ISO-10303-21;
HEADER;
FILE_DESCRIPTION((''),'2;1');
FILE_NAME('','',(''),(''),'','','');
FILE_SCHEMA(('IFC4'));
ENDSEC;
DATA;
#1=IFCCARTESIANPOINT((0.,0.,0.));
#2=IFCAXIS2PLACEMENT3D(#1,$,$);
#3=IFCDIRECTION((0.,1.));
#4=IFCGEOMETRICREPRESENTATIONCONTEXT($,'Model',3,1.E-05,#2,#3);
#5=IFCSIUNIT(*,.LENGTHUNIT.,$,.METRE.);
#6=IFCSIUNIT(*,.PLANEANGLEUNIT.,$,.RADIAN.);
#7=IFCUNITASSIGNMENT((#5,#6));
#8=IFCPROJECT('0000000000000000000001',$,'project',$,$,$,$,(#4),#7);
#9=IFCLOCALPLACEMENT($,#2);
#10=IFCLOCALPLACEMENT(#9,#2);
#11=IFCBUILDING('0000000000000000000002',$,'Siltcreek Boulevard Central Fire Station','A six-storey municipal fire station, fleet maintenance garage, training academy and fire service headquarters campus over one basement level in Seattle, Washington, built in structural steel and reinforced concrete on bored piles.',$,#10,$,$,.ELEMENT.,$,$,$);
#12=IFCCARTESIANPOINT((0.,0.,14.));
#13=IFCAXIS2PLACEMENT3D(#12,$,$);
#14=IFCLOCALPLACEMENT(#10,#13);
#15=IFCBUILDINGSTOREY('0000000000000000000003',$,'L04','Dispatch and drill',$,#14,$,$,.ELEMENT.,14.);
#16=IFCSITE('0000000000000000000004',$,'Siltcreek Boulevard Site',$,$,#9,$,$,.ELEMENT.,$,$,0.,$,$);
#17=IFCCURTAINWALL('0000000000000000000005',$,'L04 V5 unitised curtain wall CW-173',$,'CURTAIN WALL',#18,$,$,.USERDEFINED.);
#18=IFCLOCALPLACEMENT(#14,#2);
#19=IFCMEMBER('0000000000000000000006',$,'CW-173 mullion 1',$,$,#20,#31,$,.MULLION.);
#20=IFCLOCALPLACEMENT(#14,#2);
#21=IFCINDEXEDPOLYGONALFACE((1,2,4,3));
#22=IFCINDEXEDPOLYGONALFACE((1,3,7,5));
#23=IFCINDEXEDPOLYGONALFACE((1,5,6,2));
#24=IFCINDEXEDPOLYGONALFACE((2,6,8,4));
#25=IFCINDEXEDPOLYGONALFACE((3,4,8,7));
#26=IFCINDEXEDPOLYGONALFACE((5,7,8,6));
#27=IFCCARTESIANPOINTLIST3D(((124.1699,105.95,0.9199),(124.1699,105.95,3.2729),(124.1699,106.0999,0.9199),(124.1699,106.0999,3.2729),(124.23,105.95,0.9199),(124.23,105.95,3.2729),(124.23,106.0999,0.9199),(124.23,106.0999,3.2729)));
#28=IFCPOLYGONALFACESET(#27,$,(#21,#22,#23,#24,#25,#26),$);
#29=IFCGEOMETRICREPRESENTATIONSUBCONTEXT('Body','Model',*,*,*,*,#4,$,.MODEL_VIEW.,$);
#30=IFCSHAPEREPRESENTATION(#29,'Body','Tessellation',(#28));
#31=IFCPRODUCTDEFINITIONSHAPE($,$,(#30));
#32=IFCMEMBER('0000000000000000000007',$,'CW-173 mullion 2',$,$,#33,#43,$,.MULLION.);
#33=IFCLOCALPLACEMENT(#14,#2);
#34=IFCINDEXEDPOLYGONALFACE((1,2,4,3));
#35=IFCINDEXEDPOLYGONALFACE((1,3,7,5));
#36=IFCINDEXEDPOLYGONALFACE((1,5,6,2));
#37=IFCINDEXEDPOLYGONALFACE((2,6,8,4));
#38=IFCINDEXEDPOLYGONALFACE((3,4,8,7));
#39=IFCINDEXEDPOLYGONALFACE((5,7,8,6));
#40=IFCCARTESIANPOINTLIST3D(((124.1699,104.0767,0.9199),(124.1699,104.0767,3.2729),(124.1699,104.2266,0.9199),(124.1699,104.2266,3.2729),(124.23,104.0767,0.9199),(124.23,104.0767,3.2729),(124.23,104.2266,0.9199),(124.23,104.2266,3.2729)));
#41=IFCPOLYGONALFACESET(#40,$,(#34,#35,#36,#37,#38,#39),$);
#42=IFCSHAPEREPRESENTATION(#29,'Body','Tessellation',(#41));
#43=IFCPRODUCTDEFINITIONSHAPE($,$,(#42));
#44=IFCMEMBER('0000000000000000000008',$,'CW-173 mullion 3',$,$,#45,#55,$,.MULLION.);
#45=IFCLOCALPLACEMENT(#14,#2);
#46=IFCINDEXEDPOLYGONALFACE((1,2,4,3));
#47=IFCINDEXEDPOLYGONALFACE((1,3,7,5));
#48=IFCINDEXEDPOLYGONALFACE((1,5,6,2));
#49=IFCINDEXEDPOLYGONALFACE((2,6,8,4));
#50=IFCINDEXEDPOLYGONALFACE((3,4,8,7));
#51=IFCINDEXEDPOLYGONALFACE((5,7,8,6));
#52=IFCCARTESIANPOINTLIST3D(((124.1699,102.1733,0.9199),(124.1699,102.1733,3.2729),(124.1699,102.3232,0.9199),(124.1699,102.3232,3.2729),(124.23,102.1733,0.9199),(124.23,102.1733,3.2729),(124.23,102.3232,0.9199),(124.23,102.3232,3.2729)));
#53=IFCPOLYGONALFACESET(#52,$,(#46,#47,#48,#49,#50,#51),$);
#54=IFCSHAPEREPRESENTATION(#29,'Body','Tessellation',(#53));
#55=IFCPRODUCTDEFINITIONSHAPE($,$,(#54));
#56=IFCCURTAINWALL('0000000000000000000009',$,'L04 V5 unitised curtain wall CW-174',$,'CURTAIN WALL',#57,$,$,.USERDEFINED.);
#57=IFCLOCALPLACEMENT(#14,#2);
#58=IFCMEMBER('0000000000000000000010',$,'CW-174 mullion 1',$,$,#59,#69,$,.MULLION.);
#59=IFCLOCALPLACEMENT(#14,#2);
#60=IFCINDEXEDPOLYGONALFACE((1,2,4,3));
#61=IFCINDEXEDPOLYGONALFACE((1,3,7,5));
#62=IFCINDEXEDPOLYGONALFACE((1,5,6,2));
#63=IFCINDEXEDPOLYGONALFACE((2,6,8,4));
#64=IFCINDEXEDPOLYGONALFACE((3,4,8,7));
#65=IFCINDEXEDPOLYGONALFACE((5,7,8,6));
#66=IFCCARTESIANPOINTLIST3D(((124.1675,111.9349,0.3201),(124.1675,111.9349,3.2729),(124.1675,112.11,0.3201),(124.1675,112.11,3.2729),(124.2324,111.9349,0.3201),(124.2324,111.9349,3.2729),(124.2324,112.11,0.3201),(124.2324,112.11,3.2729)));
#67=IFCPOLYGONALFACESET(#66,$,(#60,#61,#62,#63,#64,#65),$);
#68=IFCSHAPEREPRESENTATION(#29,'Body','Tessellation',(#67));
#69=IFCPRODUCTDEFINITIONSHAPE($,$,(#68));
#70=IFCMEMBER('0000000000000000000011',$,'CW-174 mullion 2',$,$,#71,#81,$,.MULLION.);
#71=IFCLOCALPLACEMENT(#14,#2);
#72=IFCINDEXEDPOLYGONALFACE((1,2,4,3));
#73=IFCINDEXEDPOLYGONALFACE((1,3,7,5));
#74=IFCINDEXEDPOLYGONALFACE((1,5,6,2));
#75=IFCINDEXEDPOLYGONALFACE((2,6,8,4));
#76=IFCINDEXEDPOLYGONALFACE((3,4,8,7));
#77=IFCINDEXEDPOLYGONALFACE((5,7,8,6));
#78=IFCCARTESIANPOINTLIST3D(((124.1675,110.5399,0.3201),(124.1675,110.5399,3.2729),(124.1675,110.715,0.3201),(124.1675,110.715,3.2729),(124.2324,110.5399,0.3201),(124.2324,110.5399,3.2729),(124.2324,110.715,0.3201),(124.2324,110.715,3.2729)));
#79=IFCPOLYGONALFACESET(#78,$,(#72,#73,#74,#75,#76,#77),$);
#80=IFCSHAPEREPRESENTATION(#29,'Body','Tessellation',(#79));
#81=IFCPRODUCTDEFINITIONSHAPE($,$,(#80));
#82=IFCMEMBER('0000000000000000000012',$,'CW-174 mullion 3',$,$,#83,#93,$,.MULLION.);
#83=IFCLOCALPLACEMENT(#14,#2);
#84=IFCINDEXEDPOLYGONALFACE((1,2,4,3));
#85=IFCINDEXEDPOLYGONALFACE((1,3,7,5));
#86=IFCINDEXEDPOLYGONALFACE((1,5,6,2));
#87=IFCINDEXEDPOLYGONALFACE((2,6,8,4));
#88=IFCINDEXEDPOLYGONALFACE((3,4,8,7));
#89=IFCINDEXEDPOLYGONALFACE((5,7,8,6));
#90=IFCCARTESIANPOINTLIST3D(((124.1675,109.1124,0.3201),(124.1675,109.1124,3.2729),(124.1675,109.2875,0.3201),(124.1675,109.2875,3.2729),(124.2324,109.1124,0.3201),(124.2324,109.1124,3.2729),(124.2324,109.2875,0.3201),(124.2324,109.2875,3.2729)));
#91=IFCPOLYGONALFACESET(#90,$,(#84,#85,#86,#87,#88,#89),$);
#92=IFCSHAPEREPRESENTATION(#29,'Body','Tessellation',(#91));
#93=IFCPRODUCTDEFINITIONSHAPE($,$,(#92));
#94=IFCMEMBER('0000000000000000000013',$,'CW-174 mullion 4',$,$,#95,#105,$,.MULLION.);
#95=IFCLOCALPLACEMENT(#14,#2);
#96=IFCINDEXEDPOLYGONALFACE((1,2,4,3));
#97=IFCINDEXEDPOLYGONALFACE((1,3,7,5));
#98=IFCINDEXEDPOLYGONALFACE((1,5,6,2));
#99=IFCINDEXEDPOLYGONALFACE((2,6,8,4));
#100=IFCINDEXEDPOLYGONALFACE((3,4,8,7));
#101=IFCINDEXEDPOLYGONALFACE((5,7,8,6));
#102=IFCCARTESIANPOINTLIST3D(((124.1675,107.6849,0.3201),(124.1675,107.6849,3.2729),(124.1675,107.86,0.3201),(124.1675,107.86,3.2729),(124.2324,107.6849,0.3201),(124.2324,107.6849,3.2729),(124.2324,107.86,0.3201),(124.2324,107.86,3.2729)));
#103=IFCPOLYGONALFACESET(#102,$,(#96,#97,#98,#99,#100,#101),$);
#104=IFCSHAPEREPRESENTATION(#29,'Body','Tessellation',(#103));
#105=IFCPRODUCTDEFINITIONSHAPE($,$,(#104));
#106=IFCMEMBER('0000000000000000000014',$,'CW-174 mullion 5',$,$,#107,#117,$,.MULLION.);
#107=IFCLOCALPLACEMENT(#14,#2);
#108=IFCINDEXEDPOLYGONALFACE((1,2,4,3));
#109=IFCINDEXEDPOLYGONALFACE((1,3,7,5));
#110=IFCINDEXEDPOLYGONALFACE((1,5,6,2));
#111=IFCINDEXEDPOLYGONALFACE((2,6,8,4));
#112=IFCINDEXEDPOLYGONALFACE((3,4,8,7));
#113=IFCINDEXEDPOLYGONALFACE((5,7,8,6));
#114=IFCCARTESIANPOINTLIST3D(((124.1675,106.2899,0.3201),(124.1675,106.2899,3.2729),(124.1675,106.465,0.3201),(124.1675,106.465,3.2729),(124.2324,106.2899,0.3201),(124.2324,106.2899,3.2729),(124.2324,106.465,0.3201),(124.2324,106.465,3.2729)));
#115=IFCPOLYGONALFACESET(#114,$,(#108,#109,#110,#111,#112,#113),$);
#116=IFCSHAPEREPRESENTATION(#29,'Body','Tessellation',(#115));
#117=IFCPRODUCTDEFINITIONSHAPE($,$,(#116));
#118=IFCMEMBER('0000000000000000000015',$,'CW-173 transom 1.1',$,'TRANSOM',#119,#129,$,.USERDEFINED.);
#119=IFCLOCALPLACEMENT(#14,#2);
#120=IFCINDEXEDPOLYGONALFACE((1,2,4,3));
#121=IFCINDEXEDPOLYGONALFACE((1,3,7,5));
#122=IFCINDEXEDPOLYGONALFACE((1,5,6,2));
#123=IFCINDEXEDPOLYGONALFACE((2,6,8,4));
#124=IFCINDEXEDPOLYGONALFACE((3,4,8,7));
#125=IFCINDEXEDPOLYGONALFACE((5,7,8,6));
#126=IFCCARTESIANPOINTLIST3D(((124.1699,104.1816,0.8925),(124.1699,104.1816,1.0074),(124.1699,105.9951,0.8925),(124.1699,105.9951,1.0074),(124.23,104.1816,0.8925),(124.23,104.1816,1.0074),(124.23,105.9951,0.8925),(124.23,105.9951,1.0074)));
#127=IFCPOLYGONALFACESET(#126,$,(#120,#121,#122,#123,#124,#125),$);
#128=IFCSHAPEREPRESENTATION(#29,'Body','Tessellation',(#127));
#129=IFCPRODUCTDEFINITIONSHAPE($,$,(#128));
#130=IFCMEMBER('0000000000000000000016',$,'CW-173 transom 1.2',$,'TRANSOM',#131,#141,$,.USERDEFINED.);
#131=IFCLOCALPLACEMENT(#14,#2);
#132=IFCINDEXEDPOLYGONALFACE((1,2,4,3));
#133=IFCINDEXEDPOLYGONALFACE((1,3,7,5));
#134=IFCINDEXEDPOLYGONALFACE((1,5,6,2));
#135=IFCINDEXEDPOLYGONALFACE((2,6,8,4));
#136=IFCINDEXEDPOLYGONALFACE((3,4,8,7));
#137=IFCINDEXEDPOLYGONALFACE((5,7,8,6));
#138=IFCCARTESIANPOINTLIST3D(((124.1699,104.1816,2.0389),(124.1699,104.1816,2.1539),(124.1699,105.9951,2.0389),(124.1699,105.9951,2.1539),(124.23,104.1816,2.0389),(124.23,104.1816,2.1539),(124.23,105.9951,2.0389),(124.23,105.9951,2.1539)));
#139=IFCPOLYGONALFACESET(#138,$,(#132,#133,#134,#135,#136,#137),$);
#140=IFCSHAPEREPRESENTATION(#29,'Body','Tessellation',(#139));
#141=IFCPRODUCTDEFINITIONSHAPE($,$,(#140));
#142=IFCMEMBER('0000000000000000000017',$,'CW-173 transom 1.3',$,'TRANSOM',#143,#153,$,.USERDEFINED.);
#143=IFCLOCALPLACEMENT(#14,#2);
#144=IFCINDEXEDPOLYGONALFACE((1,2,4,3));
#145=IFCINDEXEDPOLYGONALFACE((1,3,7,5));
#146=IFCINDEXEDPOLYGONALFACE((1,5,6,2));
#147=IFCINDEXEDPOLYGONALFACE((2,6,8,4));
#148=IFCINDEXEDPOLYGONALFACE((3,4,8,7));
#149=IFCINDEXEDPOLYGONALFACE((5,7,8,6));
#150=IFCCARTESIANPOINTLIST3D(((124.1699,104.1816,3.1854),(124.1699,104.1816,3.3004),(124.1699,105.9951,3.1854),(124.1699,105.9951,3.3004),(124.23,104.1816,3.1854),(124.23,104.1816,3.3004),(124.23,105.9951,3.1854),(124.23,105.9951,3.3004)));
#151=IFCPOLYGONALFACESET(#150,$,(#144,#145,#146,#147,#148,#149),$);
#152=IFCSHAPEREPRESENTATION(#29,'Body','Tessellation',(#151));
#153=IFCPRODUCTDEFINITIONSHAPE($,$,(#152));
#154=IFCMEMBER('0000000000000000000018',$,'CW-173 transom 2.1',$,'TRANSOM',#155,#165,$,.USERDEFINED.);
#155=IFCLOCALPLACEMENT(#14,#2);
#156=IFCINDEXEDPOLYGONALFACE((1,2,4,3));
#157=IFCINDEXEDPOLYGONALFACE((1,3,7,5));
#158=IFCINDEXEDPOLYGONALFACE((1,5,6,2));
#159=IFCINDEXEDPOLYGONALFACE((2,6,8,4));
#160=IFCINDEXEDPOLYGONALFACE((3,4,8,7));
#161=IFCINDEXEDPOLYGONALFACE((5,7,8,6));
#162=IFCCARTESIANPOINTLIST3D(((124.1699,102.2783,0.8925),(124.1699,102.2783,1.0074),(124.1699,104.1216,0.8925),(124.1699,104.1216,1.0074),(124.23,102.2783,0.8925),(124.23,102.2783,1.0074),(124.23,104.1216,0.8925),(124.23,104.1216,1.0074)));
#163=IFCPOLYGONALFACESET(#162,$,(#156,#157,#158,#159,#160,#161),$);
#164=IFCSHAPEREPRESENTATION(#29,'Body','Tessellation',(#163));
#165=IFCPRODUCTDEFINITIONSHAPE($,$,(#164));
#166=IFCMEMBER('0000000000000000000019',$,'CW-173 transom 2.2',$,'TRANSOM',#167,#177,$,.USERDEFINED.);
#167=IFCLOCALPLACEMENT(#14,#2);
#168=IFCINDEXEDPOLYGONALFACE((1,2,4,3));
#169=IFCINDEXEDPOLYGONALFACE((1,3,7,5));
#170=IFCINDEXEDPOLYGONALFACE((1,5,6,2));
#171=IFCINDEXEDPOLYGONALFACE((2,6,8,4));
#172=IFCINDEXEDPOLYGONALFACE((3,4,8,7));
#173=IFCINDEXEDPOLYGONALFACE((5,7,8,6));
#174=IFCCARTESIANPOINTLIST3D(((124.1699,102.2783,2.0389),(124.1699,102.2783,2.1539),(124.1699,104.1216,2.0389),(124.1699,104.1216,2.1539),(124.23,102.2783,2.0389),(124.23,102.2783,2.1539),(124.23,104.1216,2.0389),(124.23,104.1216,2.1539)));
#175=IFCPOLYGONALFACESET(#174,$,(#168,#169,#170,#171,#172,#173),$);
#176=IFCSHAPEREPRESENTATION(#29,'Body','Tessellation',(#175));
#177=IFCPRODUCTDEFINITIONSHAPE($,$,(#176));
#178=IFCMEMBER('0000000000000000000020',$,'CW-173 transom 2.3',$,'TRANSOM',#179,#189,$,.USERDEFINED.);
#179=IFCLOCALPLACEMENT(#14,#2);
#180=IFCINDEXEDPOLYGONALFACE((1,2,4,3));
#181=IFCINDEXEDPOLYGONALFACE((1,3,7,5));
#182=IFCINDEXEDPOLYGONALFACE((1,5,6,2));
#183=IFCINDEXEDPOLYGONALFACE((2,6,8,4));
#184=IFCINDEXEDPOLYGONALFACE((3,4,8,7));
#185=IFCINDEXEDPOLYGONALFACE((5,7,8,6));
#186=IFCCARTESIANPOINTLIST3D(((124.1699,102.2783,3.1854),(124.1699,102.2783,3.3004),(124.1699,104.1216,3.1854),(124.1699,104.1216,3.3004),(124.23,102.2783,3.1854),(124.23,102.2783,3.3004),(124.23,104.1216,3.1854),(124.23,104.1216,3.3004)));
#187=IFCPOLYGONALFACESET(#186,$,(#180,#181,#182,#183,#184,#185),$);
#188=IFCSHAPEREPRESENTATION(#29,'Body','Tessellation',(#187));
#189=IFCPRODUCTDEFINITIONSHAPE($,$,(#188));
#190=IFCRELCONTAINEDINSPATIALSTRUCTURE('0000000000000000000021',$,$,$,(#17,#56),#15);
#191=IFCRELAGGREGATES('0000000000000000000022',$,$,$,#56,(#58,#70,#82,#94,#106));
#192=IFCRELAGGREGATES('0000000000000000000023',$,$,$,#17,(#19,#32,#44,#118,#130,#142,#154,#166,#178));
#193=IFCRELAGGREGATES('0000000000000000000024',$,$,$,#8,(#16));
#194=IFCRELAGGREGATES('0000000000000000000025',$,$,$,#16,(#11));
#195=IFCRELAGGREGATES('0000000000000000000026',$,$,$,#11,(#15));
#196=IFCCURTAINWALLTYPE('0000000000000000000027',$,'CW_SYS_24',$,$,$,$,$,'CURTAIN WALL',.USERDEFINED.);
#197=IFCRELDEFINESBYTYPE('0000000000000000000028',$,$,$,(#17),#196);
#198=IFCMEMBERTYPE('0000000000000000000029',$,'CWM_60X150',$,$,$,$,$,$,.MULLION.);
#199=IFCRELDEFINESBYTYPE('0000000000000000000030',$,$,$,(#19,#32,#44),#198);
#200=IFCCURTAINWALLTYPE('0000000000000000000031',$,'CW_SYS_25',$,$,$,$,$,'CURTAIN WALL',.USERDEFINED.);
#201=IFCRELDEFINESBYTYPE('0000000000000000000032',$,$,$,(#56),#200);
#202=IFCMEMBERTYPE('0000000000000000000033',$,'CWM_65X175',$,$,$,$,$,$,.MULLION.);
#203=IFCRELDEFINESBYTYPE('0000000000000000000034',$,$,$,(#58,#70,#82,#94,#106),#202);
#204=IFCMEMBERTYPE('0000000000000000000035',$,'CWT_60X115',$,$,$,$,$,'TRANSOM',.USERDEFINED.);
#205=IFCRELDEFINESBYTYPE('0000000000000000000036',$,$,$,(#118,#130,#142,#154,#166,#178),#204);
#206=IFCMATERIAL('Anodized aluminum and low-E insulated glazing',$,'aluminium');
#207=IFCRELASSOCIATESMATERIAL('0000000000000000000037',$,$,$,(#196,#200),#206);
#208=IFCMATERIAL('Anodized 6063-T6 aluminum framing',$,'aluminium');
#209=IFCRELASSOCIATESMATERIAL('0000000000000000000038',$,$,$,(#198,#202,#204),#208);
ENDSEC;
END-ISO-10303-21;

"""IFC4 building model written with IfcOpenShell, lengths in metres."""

from ifc_helpers import new_model, si_unit, direction, frame, origin, origin_2d, place, context, subcontext, project, spatial, rectangle, extrude, material, material_profile, profile_set, type_object, element, aggregate, save


model = new_model("IFC4")

# Units and contexts
model_context = context("Model", 3, precision=1e-05, world=origin(), true_north=direction((0.0, 1.0)))
body_context = subcontext(model_context, "Body", "Model", "MODEL_VIEW")
ifc_project = project(units=[si_unit("LENGTHUNIT", "METRE"), si_unit("PLANEANGLEUNIT", "RADIAN")], contexts=[model_context])

# Site, building, storey
site_placement = place(None, origin())
site = spatial("IfcSite", under=ifc_project, at=site_placement, Name="Siltcreek Boulevard Site", CompositionType="ELEMENT", RefElevation=0.0)
building_placement = place(site_placement, origin())
building = spatial("IfcBuilding", under=site, at=building_placement, Name="Siltcreek Boulevard Central Fire Station", Description="A six-storey municipal fire station, fleet maintenance garage, training academy and fire service headquarters campus over one basement level in Seattle, Washington, built in structural steel and reinforced concrete on bored piles.", CompositionType="ELEMENT")
storey_placement = place(building_placement, frame((0.0, 0.0, 14.0)))
storey = spatial("IfcBuildingStorey", under=building, at=storey_placement, Name="L04", Description="Dispatch and drill", CompositionType="ELEMENT", Elevation=14.0)

# Curtain walls, members
ifc_material_1 = material(Name="Anodized aluminum and low-E insulated glazing", Category="aluminium")
curtain_wall_type_1 = type_object("IfcCurtainWallType", Name="CW_SYS_24", ElementType="CURTAIN WALL", PredefinedType="USERDEFINED", material=ifc_material_1)
curtain_wall_1_placement = place(storey_placement, origin())
curtain_wall_1 = element("IfcCurtainWall", 1, at=curtain_wall_1_placement, inside=storey, type_object=curtain_wall_type_1, Name="L04 V5 unitised curtain wall CW-173", ObjectType="CURTAIN WALL", PredefinedType="USERDEFINED")
ifc_material_2 = material(Name="Anodized 6063-T6 aluminum framing", Category="aluminium")
ifc_material_profile_1 = material_profile(ifc_material_2, rectangle(XDim=0.0601, YDim=0.1499, at=origin_2d()), Name="MULL60X150")
ifc_profile_set_1 = profile_set([ifc_material_profile_1], Name="Anodized 6063-T6 aluminum framing")
member_type_1 = type_object("IfcMemberType", Name="CWM_60X150", PredefinedType="MULLION", material=ifc_profile_set_1)
member_1_placement = place(storey_placement, frame((124.2, 106.0249, 0.9199), z_axis=(0.0, 0.0, 1.0), x_axis=(1.0, 0.0, 0.0)))
member_1 = element("IfcMember", 2, at=member_1_placement, type_object=member_type_1, Name="CW-173 mullion 1", PredefinedType="MULLION", context=body_context, shape_type="SweptSolid", body=[
    extrude(rectangle(XDim=0.0601, YDim=0.1499, at=origin_2d()), origin(), (0.0, 0.0, 1.0), 2.353),
])
member_2_placement = place(storey_placement, frame((124.2, 104.1516, 0.9199), z_axis=(0.0, 0.0, 1.0), x_axis=(1.0, 0.0, 0.0)))
member_2 = element("IfcMember", 3, at=member_2_placement, type_object=member_type_1, Name="CW-173 mullion 2", PredefinedType="MULLION", context=body_context, shape_type="SweptSolid", body=[
    extrude(rectangle(XDim=0.0601, YDim=0.1499, at=origin_2d()), origin(), (0.0, 0.0, 1.0), 2.353),
])
member_3_placement = place(storey_placement, frame((124.2, 102.2483, 0.9199), z_axis=(0.0, 0.0, 1.0), x_axis=(1.0, 0.0, 0.0)))
member_3 = element("IfcMember", 4, at=member_3_placement, type_object=member_type_1, Name="CW-173 mullion 3", PredefinedType="MULLION", context=body_context, shape_type="SweptSolid", body=[
    extrude(rectangle(XDim=0.0601, YDim=0.1499, at=origin_2d()), origin(), (0.0, 0.0, 1.0), 2.353),
])
curtain_wall_type_2 = type_object("IfcCurtainWallType", Name="CW_SYS_25", ElementType="CURTAIN WALL", PredefinedType="USERDEFINED", material=ifc_material_1)
curtain_wall_2_placement = place(storey_placement, origin())
curtain_wall_2 = element("IfcCurtainWall", 5, at=curtain_wall_2_placement, inside=storey, type_object=curtain_wall_type_2, Name="L04 V5 unitised curtain wall CW-174", ObjectType="CURTAIN WALL", PredefinedType="USERDEFINED")
ifc_material_profile_2 = material_profile(ifc_material_2, rectangle(XDim=0.0649, YDim=0.175, at=origin_2d()), Name="MULL65X175")
ifc_profile_set_2 = profile_set([ifc_material_profile_2], Name="Anodized 6063-T6 aluminum framing")
member_type_2 = type_object("IfcMemberType", Name="CWM_65X175", PredefinedType="MULLION", material=ifc_profile_set_2)
member_4_placement = place(storey_placement, frame((124.2, 112.0225, 0.3201), z_axis=(0.0, 0.0, 1.0), x_axis=(1.0, 0.0, 0.0)))
member_4 = element("IfcMember", 6, at=member_4_placement, type_object=member_type_2, Name="CW-174 mullion 1", PredefinedType="MULLION", context=body_context, shape_type="SweptSolid", body=[
    extrude(rectangle(XDim=0.0649, YDim=0.175, at=origin_2d()), origin(), (0.0, 0.0, 1.0), 2.9529),
])
member_5_placement = place(storey_placement, frame((124.2, 110.6274, 0.3201), z_axis=(0.0, 0.0, 1.0), x_axis=(1.0, 0.0, 0.0)))
member_5 = element("IfcMember", 7, at=member_5_placement, type_object=member_type_2, Name="CW-174 mullion 2", PredefinedType="MULLION", context=body_context, shape_type="SweptSolid", body=[
    extrude(rectangle(XDim=0.0649, YDim=0.175, at=origin_2d()), origin(), (0.0, 0.0, 1.0), 2.9529),
])
member_6_placement = place(storey_placement, frame((124.2, 109.2, 0.3201), z_axis=(0.0, 0.0, 1.0), x_axis=(1.0, 0.0, 0.0)))
member_6 = element("IfcMember", 8, at=member_6_placement, type_object=member_type_2, Name="CW-174 mullion 3", PredefinedType="MULLION", context=body_context, shape_type="SweptSolid", body=[
    extrude(rectangle(XDim=0.0649, YDim=0.175, at=origin_2d()), origin(), (0.0, 0.0, 1.0), 2.9529),
])
member_7_placement = place(storey_placement, frame((124.2, 107.7725, 0.3201), z_axis=(0.0, 0.0, 1.0), x_axis=(1.0, 0.0, 0.0)))
member_7 = element("IfcMember", 9, at=member_7_placement, type_object=member_type_2, Name="CW-174 mullion 4", PredefinedType="MULLION", context=body_context, shape_type="SweptSolid", body=[
    extrude(rectangle(XDim=0.0649, YDim=0.175, at=origin_2d()), origin(), (0.0, 0.0, 1.0), 2.9529),
])
member_8_placement = place(storey_placement, frame((124.2, 106.3774, 0.3201), z_axis=(0.0, 0.0, 1.0), x_axis=(1.0, 0.0, 0.0)))
member_8 = element("IfcMember", 10, at=member_8_placement, type_object=member_type_2, Name="CW-174 mullion 5", PredefinedType="MULLION", context=body_context, shape_type="SweptSolid", body=[
    extrude(rectangle(XDim=0.0649, YDim=0.175, at=origin_2d()), origin(), (0.0, 0.0, 1.0), 2.9529),
])

# Members
ifc_material_profile_3 = material_profile(ifc_material_2, rectangle(XDim=0.0601, YDim=0.115, at=origin_2d()), Name="TRAN60X115")
ifc_profile_set_3 = profile_set([ifc_material_profile_3], Name="Anodized 6063-T6 aluminum framing")
member_type_3 = type_object("IfcMemberType", Name="CWT_60X115", ElementType="TRANSOM", PredefinedType="USERDEFINED", material=ifc_profile_set_3)
member_9_placement = place(storey_placement, frame((124.2, 105.9951, 0.95), z_axis=(0.0, -1.0, 0.0), x_axis=(1.0, 0.0, 0.0)))
member_9 = element("IfcMember", 11, at=member_9_placement, type_object=member_type_3, Name="CW-173 transom 1.1", ObjectType="TRANSOM", PredefinedType="USERDEFINED", context=body_context, shape_type="SweptSolid", body=[
    extrude(rectangle(XDim=0.0601, YDim=0.115, at=origin_2d()), origin(), (0.0, 0.0, 1.0), 1.8135),
])
member_10_placement = place(storey_placement, frame((124.2, 105.9951, 2.0964), z_axis=(0.0, -1.0, 0.0), x_axis=(1.0, 0.0, 0.0)))
member_10 = element("IfcMember", 12, at=member_10_placement, type_object=member_type_3, Name="CW-173 transom 1.2", ObjectType="TRANSOM", PredefinedType="USERDEFINED", context=body_context, shape_type="SweptSolid", body=[
    extrude(rectangle(XDim=0.0601, YDim=0.115, at=origin_2d()), origin(), (0.0, 0.0, 1.0), 1.8135),
])
member_11_placement = place(storey_placement, frame((124.2, 105.9951, 3.2429), z_axis=(0.0, -1.0, 0.0), x_axis=(1.0, 0.0, 0.0)))
member_11 = element("IfcMember", 13, at=member_11_placement, type_object=member_type_3, Name="CW-173 transom 1.3", ObjectType="TRANSOM", PredefinedType="USERDEFINED", context=body_context, shape_type="SweptSolid", body=[
    extrude(rectangle(XDim=0.0601, YDim=0.115, at=origin_2d()), origin(), (0.0, 0.0, 1.0), 1.8135),
])
member_12_placement = place(storey_placement, frame((124.2, 104.1216, 0.95), z_axis=(0.0, -1.0, 0.0), x_axis=(1.0, 0.0, 0.0)))
member_12 = element("IfcMember", 14, at=member_12_placement, type_object=member_type_3, Name="CW-173 transom 2.1", ObjectType="TRANSOM", PredefinedType="USERDEFINED", context=body_context, shape_type="SweptSolid", body=[
    extrude(rectangle(XDim=0.0601, YDim=0.115, at=origin_2d()), origin(), (0.0, 0.0, 1.0), 1.8433),
])
member_13_placement = place(storey_placement, frame((124.2, 104.1216, 2.0964), z_axis=(0.0, -1.0, 0.0), x_axis=(1.0, 0.0, 0.0)))
member_13 = element("IfcMember", 15, at=member_13_placement, type_object=member_type_3, Name="CW-173 transom 2.2", ObjectType="TRANSOM", PredefinedType="USERDEFINED", context=body_context, shape_type="SweptSolid", body=[
    extrude(rectangle(XDim=0.0601, YDim=0.115, at=origin_2d()), origin(), (0.0, 0.0, 1.0), 1.8433),
])
member_14_placement = place(storey_placement, frame((124.2, 104.1216, 3.2429), z_axis=(0.0, -1.0, 0.0), x_axis=(1.0, 0.0, 0.0)))
member_14 = element("IfcMember", 16, at=member_14_placement, type_object=member_type_3, Name="CW-173 transom 2.3", ObjectType="TRANSOM", PredefinedType="USERDEFINED", context=body_context, shape_type="SweptSolid", body=[
    extrude(rectangle(XDim=0.0601, YDim=0.115, at=origin_2d()), origin(), (0.0, 0.0, 1.0), 1.8433),
])

aggregate(curtain_wall_2, [member_4, member_5, member_6, member_7, member_8])
aggregate(curtain_wall_1, [member_1, member_2, member_3, member_9, member_10, member_11, member_12, member_13, member_14])

save(model, "model.ifc")
